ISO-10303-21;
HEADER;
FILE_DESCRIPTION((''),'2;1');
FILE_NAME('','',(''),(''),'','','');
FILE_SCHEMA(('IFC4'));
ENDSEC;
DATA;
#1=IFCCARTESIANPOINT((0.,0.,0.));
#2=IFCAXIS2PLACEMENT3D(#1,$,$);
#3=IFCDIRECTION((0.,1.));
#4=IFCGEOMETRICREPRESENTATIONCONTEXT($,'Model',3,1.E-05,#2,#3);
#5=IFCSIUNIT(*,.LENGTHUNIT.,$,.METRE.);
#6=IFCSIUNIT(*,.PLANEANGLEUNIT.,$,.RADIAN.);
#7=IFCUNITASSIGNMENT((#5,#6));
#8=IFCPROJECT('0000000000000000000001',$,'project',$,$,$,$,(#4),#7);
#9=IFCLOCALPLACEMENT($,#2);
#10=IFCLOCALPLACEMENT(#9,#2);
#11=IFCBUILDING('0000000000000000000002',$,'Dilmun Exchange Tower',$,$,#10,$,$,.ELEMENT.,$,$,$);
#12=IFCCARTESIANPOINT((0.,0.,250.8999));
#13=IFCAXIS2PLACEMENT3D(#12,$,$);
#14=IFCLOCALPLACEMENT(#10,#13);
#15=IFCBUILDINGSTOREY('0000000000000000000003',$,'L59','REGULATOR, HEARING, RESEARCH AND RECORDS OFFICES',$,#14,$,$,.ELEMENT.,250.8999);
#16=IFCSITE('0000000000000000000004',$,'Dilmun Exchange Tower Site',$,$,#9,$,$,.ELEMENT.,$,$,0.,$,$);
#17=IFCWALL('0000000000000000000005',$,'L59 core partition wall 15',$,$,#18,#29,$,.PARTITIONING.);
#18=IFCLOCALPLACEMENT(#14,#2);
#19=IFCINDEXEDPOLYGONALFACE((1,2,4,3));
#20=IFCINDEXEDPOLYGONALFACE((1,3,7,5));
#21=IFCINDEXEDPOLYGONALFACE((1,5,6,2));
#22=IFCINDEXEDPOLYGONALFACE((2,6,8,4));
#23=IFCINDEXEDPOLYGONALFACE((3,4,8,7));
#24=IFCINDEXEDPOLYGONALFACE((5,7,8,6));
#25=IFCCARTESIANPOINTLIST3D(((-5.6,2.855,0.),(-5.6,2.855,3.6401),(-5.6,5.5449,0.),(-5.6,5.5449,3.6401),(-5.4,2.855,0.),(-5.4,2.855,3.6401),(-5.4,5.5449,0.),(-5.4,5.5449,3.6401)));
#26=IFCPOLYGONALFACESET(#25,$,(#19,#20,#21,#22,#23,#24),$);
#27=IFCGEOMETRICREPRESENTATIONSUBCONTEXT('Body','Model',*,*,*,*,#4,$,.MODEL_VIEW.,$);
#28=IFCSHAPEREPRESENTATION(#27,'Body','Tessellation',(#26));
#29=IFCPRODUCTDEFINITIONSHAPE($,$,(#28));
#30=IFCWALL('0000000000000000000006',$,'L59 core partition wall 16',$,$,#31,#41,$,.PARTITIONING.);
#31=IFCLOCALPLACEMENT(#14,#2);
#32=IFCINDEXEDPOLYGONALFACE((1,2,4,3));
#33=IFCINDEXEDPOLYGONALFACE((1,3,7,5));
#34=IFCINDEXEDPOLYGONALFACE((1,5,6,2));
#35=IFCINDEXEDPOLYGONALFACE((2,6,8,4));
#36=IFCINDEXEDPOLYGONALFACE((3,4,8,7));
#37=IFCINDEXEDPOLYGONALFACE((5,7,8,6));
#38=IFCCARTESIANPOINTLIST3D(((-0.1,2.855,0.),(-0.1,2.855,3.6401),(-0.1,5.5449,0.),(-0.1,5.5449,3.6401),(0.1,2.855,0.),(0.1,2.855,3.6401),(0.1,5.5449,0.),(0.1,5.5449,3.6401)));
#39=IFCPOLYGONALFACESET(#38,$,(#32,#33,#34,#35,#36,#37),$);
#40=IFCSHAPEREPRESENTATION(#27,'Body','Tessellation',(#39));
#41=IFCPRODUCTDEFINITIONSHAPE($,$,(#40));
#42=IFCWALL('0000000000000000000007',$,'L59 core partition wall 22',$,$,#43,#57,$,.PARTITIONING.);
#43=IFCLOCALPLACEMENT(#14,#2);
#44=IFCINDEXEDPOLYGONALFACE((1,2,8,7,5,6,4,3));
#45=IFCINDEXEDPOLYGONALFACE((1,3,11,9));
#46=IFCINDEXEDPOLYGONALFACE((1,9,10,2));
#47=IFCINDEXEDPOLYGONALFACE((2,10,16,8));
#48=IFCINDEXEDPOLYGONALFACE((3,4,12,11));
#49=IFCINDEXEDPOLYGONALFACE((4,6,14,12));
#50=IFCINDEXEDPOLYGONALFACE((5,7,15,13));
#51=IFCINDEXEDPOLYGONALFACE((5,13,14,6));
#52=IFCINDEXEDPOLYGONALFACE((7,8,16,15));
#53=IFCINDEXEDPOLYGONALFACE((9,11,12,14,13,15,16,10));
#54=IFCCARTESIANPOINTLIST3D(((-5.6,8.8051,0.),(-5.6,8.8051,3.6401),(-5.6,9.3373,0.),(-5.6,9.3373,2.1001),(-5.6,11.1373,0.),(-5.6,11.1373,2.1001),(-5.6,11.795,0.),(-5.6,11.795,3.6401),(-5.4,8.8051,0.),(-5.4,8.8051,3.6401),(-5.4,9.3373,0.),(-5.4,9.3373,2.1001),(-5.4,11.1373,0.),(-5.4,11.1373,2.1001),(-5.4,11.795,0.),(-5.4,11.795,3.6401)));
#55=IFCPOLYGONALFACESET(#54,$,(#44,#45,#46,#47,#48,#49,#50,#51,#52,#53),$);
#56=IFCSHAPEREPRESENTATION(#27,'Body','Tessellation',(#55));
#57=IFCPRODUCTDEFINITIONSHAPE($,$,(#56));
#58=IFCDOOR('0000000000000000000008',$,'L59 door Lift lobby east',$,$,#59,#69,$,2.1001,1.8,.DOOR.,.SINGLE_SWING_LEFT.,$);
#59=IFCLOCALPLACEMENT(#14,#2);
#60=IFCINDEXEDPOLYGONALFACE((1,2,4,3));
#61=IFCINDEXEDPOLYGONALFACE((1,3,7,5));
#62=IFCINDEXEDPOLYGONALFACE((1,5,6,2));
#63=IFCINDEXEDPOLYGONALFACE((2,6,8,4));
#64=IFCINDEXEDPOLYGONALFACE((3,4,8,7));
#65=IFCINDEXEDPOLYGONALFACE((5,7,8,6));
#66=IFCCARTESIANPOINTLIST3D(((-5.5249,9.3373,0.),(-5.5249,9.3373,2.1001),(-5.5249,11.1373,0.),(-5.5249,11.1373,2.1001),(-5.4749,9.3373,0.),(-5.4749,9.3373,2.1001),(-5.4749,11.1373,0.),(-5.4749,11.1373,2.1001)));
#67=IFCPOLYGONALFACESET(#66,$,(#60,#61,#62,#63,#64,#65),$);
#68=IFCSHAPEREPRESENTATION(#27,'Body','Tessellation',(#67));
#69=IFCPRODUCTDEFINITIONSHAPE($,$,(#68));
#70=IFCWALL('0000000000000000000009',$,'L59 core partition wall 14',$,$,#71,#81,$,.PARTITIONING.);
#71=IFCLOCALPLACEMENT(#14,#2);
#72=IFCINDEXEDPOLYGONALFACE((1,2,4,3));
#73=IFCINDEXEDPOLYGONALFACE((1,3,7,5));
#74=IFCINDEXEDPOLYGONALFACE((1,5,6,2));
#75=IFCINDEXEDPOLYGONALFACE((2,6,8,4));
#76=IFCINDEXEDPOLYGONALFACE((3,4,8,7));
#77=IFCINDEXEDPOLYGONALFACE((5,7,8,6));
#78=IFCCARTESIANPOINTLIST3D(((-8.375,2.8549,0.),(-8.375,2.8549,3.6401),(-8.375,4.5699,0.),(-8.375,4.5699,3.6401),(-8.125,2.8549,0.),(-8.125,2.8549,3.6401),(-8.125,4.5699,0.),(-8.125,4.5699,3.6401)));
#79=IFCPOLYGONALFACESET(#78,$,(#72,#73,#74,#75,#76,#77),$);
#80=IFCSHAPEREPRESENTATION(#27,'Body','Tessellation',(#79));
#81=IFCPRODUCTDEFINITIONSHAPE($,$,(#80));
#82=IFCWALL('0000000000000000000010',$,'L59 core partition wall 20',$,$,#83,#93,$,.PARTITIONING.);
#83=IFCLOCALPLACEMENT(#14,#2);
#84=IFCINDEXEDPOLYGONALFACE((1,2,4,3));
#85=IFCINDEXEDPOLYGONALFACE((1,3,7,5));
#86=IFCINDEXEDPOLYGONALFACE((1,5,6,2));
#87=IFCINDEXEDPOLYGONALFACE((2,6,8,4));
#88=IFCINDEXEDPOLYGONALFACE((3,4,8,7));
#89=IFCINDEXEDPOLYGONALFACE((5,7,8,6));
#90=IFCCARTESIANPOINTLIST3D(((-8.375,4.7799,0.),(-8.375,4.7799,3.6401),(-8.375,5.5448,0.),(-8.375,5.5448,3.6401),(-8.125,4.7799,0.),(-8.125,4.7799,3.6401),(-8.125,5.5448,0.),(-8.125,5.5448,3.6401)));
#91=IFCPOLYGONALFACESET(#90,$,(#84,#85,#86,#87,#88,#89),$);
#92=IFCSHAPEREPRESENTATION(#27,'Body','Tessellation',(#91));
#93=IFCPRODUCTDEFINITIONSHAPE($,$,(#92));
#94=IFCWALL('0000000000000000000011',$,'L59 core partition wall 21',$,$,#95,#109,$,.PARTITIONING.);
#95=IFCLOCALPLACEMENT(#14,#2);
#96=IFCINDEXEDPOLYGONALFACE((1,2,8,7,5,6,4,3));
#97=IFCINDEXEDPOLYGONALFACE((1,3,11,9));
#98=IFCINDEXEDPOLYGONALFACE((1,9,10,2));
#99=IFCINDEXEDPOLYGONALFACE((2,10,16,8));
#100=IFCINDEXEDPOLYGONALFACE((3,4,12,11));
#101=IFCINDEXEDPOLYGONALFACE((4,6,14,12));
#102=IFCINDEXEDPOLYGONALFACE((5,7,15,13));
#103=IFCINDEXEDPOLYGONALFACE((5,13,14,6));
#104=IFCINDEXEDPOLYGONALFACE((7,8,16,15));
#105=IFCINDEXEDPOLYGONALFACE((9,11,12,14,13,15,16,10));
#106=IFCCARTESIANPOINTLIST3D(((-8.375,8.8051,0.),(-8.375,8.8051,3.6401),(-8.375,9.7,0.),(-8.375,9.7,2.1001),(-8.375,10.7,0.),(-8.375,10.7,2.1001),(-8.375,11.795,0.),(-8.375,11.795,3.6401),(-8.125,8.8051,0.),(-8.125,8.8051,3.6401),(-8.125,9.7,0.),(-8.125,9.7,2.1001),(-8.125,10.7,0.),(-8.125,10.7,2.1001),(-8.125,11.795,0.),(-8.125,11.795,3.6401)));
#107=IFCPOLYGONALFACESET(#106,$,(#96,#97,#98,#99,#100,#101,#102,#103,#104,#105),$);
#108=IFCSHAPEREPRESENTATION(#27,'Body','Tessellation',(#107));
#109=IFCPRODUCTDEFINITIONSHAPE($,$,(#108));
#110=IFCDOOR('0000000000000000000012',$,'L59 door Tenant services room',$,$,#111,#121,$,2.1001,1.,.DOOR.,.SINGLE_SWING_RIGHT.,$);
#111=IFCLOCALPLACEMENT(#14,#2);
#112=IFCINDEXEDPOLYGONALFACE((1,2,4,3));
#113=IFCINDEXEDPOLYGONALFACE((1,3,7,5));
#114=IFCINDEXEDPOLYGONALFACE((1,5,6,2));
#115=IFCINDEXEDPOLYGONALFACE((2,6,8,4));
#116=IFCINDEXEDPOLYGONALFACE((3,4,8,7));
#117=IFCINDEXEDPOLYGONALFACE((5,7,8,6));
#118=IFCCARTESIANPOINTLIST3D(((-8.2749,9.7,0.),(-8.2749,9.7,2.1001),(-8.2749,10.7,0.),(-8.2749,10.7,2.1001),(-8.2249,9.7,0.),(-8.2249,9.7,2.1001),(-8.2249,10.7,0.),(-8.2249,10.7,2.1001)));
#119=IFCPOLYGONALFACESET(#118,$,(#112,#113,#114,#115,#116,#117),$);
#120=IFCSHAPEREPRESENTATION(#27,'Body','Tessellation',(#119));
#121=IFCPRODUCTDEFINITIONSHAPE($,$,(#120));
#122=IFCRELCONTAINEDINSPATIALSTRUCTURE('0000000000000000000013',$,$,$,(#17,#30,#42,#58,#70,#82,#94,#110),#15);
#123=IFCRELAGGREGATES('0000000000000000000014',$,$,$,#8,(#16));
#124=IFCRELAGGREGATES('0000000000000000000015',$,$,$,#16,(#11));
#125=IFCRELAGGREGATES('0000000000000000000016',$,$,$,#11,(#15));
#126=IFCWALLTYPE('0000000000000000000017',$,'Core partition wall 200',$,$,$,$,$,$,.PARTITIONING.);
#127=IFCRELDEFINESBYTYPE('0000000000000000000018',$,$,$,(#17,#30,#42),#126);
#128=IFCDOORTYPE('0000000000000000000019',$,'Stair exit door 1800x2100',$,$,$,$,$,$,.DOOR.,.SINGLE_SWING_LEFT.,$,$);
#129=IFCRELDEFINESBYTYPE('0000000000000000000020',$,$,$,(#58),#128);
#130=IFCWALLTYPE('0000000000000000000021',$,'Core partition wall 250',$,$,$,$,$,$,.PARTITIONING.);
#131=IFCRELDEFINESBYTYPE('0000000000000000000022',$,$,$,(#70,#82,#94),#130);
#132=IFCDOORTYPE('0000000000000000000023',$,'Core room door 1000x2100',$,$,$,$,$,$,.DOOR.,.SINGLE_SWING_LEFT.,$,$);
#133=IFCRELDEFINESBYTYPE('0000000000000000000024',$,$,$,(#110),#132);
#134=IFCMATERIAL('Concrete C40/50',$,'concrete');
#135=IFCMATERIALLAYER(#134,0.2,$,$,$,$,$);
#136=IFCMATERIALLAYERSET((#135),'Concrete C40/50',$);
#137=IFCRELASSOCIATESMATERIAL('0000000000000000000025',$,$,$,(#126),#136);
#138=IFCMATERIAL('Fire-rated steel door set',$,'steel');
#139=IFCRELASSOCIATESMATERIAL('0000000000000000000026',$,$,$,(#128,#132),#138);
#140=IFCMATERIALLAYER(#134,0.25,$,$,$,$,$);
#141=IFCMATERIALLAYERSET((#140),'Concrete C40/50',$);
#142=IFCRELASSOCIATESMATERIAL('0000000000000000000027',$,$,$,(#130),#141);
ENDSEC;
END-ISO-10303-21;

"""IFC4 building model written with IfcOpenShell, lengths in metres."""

from ifc_helpers import new_model, si_unit, direction, frame, frame_2d, origin, place, context, subcontext, project, spatial, rectangle, extrude, material, layer, layer_set, type_object, element, fill, save


model = new_model("IFC4")

# Units and contexts
model_context = context("Model", 3, precision=1e-05, world=origin(), true_north=direction((0.0, 1.0)))
body_context = subcontext(model_context, "Body", "Model", "MODEL_VIEW")
ifc_project = project(units=[si_unit("LENGTHUNIT", "METRE"), si_unit("PLANEANGLEUNIT", "RADIAN")], contexts=[model_context])

# Site, building, storey
site_placement = place(None, origin())
site = spatial("IfcSite", under=ifc_project, at=site_placement, Name="Dilmun Exchange Tower Site", CompositionType="ELEMENT", RefElevation=0.0)
building_placement = place(site_placement, origin())
building = spatial("IfcBuilding", under=site, at=building_placement, Name="Dilmun Exchange Tower", CompositionType="ELEMENT")
storey_placement = place(building_placement, frame((0.0, 0.0, 250.8999)))
storey = spatial("IfcBuildingStorey", under=building, at=storey_placement, Name="L59", Description="REGULATOR, HEARING, RESEARCH AND RECORDS OFFICES", CompositionType="ELEMENT", Elevation=250.8999)

# Walls
ifc_material_1 = material(Name="Concrete C40/50", Category="concrete")
ifc_layer_1 = layer(ifc_material_1, 0.2)
ifc_layer_set_1 = layer_set([ifc_layer_1], Name="Concrete C40/50")
wall_type_1 = type_object("IfcWallType", Name="Core partition wall 200", PredefinedType="PARTITIONING", material=ifc_layer_set_1)
for number, where, z_axis, x_axis, name in (
    (1, (-5.5, 2.855, 0.0), (0.0, 0.0, 1.0), (0.0, 1.0, 0.0), "L59 core partition wall 15"),
    (2, (0.0, 2.855, 0.0), (0.0, 0.0, 1.0), (0.0, 1.0, 0.0), "L59 core partition wall 16"),
):
    element("IfcWall", number, at=place(storey_placement, frame(where, z_axis=z_axis, x_axis=x_axis)), inside=storey, type_object=wall_type_1, Name=name, PredefinedType="PARTITIONING", context=body_context, shape_type="SweptSolid", body=[
        extrude(rectangle(XDim=2.6899, YDim=0.2, at=frame_2d((1.345, 0.0))), origin(), (0.0, 0.0, 1.0), 3.6401),
    ])

# Wall, opening, door
wall_1_placement = place(storey_placement, frame((-5.5, 8.8049, 0.0), z_axis=(0.0, 0.0, 1.0), x_axis=(0.0, 1.0, 0.0)))
wall_1 = element("IfcWall", 3, at=wall_1_placement, inside=storey, type_object=wall_type_1, Name="L59 core partition wall 22", PredefinedType="PARTITIONING", context=body_context, shape_type="SweptSolid", body=[
    extrude(rectangle(XDim=2.99, YDim=0.2, at=frame_2d((1.4951, 0.0))), origin(), (0.0, 0.0, 1.0), 3.6401),
])
opening_1_placement = place(wall_1_placement, frame((0.5325, 0.0, 0.0)))
opening_1 = element("IfcOpeningElement", 4, at=opening_1_placement, cuts=wall_1, PredefinedType="OPENING", context=body_context, shape_type="SweptSolid", body=[
    extrude(rectangle(XDim=1.8, YDim=2.1001, at=frame_2d((0.8999, 1.05))), frame((0.0, 0.1099, 0.0), z_axis=(0.0, -1.0, 0.0), x_axis=(1.0, 0.0, 0.0)), (0.0, 0.0, 1.0), 0.22),
])
ifc_material_2 = material(Name="Fire-rated steel door set", Category="steel")
door_type_1 = type_object("IfcDoorType", Name="Stair exit door 1800x2100", OperationType="SINGLE_SWING_LEFT", PredefinedType="DOOR", material=ifc_material_2)
door_1_placement = place(opening_1_placement, origin())
door_1 = element("IfcDoor", 5, at=door_1_placement, inside=storey, type_object=door_type_1, Name="L59 door Lift lobby east", OperationType="SINGLE_SWING_LEFT", OverallHeight=2.1001, OverallWidth=1.8, PredefinedType="DOOR", context=body_context, shape_type="SweptSolid", body=[
    extrude(rectangle(XDim=1.8, YDim=2.1001, at=frame_2d((0.8999, 1.05))), frame((0.0, 0.0249, 0.0), z_axis=(0.0, -1.0, 0.0), x_axis=(1.0, 0.0, 0.0)), (0.0, 0.0, 1.0), 0.05),
])
fill(opening_1, door_1)

# Walls
ifc_layer_2 = layer(ifc_material_1, 0.25)
ifc_layer_set_2 = layer_set([ifc_layer_2], Name="Concrete C40/50")
wall_type_2 = type_object("IfcWallType", Name="Core partition wall 250", PredefinedType="PARTITIONING", material=ifc_layer_set_2)
wall_2_placement = place(storey_placement, frame((-8.25, 2.855, 0.0), z_axis=(0.0, 0.0, 1.0), x_axis=(0.0, 1.0, 0.0)))
element("IfcWall", 6, at=wall_2_placement, inside=storey, type_object=wall_type_2, Name="L59 core partition wall 14", PredefinedType="PARTITIONING", context=body_context, shape_type="SweptSolid", body=[
    extrude(rectangle(XDim=1.7151, YDim=0.25, at=frame_2d((0.8574, 0.0))), origin(), (0.0, 0.0, 1.0), 3.6401),
])
wall_3_placement = place(storey_placement, frame((-8.25, 4.78, 0.0), z_axis=(0.0, 0.0, 1.0), x_axis=(0.0, 1.0, 0.0)))
element("IfcWall", 7, at=wall_3_placement, inside=storey, type_object=wall_type_2, Name="L59 core partition wall 20", PredefinedType="PARTITIONING", context=body_context, shape_type="SweptSolid", body=[
    extrude(rectangle(XDim=0.7649, YDim=0.25, at=frame_2d((0.3823, 0.0))), origin(), (0.0, 0.0, 1.0), 3.6401),
])

# Wall, opening, door
wall_4_placement = place(storey_placement, frame((-8.25, 8.8049, 0.0), z_axis=(0.0, 0.0, 1.0), x_axis=(0.0, 1.0, 0.0)))
wall_4 = element("IfcWall", 8, at=wall_4_placement, inside=storey, type_object=wall_type_2, Name="L59 core partition wall 21", PredefinedType="PARTITIONING", context=body_context, shape_type="SweptSolid", body=[
    extrude(rectangle(XDim=2.99, YDim=0.25, at=frame_2d((1.4951, 0.0))), origin(), (0.0, 0.0, 1.0), 3.6401),
])
opening_2_placement = place(wall_4_placement, frame((0.895, 0.0, 0.0)))
opening_2 = element("IfcOpeningElement", 9, at=opening_2_placement, cuts=wall_4, PredefinedType="OPENING", context=body_context, shape_type="SweptSolid", body=[
    extrude(rectangle(XDim=1.0, YDim=2.1001, at=frame_2d((0.5, 1.05))), frame((0.0, 0.135, 0.0), z_axis=(0.0, -1.0, 0.0), x_axis=(1.0, 0.0, 0.0)), (0.0, 0.0, 1.0), 0.27),
])
door_type_2 = type_object("IfcDoorType", Name="Core room door 1000x2100", OperationType="SINGLE_SWING_LEFT", PredefinedType="DOOR", material=ifc_material_2)
door_2_placement = place(opening_2_placement, origin())
door_2 = element("IfcDoor", 10, at=door_2_placement, inside=storey, type_object=door_type_2, Name="L59 door Tenant services room", OperationType="SINGLE_SWING_RIGHT", OverallHeight=2.1001, OverallWidth=1.0, PredefinedType="DOOR", context=body_context, shape_type="SweptSolid", body=[
    extrude(rectangle(XDim=1.0, YDim=2.1001, at=frame_2d((0.5, 1.05))), frame((0.0, 0.0249, 0.0), z_axis=(0.0, -1.0, 0.0), x_axis=(1.0, 0.0, 0.0)), (0.0, 0.0, 1.0), 0.05),
])
fill(opening_2, door_2)

save(model, "model.ifc")
